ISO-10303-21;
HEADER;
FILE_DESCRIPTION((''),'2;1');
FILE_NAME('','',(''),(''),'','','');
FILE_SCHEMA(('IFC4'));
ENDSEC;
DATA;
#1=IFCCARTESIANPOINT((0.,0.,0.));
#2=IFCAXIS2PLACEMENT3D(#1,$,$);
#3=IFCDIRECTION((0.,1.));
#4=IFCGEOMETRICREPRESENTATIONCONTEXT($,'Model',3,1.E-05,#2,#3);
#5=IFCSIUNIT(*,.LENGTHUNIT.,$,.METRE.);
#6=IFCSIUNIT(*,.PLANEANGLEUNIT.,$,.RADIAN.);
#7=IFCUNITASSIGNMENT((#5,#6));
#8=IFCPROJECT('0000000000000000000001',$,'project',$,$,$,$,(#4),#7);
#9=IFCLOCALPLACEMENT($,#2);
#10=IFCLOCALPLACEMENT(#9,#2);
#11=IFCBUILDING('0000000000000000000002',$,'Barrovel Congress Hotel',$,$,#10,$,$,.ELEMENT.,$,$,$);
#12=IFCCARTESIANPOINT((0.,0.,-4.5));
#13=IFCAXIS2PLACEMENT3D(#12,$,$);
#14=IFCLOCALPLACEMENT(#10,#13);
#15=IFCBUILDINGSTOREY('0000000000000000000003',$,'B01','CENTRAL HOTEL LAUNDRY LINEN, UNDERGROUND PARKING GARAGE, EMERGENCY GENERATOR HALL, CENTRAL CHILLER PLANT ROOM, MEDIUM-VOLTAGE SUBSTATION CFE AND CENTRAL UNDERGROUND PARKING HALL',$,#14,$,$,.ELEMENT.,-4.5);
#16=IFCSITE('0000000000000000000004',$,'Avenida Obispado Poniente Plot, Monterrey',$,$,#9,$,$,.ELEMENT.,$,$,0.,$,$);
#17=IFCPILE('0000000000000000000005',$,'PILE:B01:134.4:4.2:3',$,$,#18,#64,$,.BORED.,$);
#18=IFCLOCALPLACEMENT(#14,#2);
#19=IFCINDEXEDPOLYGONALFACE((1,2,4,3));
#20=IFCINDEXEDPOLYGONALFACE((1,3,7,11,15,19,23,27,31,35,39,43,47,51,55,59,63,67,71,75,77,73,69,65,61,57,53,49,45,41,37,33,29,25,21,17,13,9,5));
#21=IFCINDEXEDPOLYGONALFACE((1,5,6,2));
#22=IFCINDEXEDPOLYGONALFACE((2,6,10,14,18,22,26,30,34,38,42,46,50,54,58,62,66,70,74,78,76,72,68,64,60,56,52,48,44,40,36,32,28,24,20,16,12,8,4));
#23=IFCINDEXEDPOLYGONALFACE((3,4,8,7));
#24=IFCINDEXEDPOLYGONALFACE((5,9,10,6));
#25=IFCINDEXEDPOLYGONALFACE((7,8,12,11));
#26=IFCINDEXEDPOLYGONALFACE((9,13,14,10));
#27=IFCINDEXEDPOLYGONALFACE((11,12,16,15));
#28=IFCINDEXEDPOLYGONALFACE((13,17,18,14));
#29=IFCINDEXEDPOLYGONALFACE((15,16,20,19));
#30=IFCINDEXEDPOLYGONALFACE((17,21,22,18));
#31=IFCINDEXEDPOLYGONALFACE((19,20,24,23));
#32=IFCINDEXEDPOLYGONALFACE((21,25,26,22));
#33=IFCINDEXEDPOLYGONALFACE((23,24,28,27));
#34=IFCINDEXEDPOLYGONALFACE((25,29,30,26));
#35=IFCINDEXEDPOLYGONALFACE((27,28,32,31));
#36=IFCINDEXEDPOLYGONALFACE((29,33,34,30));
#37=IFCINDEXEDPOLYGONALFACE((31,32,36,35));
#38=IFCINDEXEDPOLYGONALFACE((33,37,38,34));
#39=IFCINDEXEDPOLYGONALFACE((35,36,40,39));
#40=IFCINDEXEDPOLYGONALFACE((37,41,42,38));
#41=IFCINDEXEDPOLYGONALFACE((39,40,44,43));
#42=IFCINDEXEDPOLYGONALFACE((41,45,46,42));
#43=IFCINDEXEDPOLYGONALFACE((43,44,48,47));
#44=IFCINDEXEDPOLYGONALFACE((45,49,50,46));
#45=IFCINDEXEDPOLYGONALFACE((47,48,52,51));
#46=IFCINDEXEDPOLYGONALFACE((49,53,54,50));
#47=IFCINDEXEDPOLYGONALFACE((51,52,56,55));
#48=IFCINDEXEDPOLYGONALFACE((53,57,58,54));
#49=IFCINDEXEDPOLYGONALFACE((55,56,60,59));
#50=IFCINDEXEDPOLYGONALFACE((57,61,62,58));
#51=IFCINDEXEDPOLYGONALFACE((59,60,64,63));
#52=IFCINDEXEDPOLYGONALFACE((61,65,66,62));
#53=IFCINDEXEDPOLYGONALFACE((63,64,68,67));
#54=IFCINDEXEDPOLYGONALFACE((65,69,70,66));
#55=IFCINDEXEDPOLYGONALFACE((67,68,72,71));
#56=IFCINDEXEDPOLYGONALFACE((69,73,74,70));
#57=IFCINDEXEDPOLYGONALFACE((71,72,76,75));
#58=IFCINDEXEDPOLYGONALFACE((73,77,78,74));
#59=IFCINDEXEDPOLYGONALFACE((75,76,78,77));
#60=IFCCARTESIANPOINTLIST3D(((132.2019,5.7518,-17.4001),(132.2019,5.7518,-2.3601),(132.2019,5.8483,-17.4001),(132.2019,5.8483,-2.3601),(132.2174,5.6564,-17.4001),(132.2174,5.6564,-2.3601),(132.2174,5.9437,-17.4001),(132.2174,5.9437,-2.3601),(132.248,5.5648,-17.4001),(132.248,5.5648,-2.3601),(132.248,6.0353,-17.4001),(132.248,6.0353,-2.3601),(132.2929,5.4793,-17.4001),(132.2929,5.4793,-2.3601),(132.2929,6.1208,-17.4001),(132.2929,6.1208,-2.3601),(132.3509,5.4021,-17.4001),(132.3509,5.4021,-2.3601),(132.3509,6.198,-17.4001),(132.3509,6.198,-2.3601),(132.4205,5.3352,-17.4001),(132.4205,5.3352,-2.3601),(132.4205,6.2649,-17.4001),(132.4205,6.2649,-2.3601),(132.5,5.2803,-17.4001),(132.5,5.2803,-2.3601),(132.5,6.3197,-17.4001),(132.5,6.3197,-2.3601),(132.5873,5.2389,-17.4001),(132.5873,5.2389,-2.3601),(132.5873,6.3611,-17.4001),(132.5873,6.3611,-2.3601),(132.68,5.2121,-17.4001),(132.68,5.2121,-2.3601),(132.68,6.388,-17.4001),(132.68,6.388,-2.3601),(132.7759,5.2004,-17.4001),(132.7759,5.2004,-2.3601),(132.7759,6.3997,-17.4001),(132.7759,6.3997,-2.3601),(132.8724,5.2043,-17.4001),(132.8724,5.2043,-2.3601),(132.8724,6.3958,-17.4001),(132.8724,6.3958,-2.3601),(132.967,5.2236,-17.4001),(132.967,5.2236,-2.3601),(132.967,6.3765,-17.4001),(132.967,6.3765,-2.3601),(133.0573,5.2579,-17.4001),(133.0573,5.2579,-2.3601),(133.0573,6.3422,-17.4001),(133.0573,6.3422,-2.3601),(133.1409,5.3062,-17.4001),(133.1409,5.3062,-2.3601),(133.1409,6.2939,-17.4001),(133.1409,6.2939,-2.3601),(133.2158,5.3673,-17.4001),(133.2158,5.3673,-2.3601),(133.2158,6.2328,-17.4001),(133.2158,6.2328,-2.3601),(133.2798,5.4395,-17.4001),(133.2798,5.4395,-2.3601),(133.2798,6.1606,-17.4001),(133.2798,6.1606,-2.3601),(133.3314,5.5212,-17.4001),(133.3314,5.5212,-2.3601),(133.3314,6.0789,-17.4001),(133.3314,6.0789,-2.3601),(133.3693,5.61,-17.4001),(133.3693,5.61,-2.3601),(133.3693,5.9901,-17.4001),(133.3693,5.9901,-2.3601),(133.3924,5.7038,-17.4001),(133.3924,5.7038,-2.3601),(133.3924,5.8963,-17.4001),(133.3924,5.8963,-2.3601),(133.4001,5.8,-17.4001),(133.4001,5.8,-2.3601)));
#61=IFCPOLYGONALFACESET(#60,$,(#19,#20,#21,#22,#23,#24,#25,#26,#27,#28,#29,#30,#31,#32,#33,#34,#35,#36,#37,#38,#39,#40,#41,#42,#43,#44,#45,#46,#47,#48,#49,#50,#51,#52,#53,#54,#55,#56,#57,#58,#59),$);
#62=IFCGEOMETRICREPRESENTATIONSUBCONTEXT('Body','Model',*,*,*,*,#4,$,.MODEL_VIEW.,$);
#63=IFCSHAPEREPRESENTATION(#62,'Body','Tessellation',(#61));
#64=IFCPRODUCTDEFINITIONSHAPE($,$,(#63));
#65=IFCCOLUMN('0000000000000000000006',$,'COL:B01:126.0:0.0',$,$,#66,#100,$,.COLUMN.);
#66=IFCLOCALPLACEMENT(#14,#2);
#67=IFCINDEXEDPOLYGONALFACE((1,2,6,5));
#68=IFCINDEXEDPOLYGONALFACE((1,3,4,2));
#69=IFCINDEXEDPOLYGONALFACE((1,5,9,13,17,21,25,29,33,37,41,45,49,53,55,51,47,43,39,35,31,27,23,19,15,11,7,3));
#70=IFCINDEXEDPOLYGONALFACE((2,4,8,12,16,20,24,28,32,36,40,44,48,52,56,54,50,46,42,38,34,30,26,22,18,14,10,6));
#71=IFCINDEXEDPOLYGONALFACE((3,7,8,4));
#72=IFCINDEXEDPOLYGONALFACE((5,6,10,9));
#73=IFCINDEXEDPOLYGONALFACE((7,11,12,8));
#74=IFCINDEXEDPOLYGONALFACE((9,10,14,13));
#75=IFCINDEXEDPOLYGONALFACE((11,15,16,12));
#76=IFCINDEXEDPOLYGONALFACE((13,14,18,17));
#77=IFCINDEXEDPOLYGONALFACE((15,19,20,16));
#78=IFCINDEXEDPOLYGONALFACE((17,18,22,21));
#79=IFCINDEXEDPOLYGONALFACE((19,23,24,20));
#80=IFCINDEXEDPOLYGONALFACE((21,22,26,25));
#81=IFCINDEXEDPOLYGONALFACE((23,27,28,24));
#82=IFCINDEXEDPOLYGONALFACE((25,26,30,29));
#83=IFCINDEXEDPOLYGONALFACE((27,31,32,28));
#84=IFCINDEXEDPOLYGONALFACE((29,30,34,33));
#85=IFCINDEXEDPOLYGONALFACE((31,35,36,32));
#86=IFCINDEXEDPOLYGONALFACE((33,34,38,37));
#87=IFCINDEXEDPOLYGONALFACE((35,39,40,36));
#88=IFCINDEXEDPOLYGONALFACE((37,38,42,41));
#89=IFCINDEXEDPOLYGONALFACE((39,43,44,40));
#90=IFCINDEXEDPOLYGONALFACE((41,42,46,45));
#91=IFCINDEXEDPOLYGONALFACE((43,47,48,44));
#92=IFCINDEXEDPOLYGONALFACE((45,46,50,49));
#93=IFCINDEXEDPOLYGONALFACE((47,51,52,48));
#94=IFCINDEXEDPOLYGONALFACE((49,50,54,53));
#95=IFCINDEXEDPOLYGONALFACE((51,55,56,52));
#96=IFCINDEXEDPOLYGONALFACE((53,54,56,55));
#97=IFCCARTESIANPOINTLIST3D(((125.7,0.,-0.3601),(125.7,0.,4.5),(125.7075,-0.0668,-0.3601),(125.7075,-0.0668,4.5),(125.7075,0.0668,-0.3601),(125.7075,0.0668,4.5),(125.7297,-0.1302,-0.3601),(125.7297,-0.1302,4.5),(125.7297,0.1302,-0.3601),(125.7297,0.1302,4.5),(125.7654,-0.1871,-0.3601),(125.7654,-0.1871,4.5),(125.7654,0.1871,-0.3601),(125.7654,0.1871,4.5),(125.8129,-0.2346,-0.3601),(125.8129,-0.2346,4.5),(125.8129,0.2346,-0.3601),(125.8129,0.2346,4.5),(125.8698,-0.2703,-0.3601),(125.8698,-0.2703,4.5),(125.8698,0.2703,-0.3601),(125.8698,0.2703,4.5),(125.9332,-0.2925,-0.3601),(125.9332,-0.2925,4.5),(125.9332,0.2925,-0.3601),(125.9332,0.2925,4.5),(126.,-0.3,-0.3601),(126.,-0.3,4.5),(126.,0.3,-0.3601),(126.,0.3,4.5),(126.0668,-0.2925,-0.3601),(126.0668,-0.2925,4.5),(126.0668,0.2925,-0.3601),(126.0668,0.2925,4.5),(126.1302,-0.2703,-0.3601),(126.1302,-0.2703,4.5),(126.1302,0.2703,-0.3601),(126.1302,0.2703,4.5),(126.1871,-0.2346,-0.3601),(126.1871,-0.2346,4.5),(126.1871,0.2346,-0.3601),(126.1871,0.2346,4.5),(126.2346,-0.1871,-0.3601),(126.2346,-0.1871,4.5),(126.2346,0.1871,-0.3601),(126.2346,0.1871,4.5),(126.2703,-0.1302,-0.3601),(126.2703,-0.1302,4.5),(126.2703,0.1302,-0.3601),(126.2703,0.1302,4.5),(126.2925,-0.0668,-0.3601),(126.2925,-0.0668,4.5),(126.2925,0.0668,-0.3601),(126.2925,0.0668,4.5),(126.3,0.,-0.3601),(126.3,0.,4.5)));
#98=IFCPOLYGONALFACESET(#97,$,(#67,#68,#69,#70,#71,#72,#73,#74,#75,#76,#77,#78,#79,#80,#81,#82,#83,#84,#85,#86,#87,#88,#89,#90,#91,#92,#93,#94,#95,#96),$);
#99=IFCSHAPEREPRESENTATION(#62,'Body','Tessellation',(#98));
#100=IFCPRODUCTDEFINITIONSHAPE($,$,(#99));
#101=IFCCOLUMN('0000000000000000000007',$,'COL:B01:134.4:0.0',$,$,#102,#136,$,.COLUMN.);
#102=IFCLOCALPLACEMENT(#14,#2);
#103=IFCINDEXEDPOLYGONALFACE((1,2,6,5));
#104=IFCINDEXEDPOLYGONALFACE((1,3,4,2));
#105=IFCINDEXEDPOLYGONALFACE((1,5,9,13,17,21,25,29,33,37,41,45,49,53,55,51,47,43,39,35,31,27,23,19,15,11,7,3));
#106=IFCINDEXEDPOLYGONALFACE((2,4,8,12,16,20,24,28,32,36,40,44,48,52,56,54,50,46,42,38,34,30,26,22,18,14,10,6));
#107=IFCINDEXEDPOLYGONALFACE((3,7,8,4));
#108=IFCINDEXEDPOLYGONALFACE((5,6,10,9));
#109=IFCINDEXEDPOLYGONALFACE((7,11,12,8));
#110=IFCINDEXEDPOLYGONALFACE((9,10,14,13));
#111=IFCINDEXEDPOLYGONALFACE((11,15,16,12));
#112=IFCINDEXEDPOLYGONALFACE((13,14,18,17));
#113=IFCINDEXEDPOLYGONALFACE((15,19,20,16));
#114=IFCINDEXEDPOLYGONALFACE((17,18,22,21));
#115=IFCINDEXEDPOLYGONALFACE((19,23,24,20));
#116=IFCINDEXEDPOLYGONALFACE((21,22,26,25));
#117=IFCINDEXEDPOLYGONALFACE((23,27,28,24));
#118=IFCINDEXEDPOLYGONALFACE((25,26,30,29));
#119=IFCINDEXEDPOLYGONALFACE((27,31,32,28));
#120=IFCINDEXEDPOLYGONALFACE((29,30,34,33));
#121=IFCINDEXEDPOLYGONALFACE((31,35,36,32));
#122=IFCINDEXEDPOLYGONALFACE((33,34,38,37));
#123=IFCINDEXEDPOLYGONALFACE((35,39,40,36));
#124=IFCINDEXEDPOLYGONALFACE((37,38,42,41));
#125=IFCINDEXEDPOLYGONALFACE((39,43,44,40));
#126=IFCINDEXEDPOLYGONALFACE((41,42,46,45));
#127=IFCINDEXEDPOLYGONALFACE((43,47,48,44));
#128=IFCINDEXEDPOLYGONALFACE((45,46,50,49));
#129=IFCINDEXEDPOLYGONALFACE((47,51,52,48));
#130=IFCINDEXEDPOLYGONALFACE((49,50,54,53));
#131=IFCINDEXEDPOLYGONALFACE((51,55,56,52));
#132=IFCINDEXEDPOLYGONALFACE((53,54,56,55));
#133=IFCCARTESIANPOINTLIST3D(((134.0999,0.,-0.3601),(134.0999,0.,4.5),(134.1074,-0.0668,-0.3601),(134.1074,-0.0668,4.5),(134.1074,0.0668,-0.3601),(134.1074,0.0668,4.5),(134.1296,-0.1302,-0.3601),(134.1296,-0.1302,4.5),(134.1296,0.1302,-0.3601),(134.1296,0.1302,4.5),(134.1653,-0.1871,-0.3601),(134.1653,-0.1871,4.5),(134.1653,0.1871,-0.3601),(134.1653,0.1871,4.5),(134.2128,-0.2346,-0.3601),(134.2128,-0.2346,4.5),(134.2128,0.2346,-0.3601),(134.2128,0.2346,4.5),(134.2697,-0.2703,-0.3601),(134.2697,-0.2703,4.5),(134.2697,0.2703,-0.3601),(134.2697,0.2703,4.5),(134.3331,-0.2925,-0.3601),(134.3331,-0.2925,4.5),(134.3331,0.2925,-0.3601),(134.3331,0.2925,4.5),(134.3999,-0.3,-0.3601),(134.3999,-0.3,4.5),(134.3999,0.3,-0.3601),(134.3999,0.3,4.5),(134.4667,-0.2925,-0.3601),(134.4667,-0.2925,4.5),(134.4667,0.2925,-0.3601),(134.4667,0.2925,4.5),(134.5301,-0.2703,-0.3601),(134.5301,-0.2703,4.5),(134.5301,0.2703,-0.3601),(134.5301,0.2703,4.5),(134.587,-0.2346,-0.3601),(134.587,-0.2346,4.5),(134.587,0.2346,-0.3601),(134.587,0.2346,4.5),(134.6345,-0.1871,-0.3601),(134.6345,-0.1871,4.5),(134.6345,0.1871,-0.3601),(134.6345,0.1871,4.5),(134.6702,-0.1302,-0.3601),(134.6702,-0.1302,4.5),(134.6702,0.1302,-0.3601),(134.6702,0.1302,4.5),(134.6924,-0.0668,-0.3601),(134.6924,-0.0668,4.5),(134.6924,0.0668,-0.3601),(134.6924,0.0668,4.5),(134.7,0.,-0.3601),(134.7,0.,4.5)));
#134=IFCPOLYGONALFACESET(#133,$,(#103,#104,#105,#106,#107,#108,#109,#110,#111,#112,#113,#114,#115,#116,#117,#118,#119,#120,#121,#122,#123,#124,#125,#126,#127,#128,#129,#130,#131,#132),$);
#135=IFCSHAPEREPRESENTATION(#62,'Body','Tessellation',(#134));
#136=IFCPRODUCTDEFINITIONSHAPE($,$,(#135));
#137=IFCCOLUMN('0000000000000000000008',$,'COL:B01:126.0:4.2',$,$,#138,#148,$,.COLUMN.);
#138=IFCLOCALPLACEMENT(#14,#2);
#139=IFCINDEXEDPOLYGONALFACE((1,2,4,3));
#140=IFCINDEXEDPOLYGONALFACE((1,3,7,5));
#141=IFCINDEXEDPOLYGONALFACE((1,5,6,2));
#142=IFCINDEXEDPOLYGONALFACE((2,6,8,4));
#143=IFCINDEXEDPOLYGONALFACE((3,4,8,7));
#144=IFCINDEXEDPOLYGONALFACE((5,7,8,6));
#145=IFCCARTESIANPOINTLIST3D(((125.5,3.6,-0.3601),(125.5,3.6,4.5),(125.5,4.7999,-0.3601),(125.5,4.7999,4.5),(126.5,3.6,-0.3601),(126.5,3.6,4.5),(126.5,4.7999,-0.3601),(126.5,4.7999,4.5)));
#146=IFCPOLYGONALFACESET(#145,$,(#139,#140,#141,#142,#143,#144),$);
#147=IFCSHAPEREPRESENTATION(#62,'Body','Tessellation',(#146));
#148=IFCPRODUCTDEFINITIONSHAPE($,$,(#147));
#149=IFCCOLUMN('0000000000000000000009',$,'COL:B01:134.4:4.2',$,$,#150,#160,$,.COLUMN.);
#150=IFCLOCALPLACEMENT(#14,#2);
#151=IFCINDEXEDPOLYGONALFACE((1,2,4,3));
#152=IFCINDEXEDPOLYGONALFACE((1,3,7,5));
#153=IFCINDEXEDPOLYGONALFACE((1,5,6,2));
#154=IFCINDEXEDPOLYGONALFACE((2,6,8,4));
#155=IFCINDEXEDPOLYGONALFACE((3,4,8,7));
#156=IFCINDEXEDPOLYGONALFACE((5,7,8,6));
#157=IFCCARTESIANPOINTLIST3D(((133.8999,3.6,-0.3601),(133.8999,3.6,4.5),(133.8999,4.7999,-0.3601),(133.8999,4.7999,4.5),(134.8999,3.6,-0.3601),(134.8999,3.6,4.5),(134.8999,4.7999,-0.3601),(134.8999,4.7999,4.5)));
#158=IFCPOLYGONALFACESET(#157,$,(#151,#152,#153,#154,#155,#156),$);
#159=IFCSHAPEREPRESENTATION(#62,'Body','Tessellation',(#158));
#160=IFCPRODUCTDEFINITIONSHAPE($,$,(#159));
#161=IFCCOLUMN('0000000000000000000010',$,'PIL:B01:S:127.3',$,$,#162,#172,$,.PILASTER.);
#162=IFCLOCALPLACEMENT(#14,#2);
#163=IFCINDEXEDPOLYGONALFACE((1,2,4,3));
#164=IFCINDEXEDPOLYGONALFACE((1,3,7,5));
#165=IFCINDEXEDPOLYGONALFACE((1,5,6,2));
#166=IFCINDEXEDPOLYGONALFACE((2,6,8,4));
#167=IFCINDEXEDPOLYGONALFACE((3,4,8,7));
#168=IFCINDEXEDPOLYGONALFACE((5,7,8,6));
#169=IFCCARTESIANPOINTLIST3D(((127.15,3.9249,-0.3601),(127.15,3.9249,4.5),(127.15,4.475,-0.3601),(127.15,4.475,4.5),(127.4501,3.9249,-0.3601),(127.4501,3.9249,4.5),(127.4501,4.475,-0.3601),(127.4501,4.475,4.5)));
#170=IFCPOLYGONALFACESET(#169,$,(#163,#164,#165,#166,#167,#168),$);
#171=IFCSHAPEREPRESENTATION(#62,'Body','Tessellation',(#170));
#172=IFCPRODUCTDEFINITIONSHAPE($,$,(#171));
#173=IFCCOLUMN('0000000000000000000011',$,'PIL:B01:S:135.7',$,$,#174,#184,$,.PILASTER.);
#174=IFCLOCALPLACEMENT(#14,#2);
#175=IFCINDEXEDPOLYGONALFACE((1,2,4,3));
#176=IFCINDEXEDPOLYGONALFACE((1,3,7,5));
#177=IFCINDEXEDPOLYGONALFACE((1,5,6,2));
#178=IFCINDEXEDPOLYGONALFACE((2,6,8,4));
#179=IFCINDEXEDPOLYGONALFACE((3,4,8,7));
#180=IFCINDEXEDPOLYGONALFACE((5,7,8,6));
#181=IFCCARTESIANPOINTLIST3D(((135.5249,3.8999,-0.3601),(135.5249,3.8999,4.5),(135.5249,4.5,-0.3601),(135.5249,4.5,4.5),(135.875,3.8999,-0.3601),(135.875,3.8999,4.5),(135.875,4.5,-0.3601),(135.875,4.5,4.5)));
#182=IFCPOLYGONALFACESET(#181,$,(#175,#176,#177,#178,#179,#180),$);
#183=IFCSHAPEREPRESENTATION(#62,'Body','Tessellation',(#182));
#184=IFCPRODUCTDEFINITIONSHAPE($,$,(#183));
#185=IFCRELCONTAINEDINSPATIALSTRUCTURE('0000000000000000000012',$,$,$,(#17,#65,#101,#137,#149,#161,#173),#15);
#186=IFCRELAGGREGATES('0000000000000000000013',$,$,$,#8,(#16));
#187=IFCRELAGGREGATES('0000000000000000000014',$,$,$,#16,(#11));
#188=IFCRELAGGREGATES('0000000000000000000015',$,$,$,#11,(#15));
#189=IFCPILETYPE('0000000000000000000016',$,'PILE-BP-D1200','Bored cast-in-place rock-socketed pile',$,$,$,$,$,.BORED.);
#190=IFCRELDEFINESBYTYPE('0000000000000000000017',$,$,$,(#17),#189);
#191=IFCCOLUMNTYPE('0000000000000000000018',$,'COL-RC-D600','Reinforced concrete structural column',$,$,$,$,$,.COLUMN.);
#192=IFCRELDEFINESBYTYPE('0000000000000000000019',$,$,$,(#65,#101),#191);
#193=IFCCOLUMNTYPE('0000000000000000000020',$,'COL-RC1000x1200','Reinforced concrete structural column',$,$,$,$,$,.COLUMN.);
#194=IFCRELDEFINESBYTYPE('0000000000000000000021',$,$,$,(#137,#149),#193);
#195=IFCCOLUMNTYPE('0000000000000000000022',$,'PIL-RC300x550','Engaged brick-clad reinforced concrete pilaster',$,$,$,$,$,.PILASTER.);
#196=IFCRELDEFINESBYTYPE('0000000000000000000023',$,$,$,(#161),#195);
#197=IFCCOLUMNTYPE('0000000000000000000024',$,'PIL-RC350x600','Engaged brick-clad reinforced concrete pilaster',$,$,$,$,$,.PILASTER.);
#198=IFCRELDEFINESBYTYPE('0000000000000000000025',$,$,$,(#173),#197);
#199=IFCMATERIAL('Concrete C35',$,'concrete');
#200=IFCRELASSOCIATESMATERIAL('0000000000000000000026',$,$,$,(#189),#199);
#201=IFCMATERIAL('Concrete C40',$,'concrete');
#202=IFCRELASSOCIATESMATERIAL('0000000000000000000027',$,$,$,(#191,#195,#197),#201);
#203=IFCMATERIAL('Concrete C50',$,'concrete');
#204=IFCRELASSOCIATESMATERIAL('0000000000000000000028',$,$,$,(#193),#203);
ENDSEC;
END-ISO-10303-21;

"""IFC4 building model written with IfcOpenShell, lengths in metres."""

from ifc_helpers import new_model, si_unit, direction, frame, origin, origin_2d, place, context, subcontext, project, spatial, rectangle, circle, extrude, material, material_profile, profile_set, type_object, element, save


model = new_model("IFC4")

# Units and contexts
model_context = context("Model", 3, precision=1e-05, world=origin(), true_north=direction((0.0, 1.0)))
body_context = subcontext(model_context, "Body", "Model", "MODEL_VIEW")
ifc_project = project(units=[si_unit("LENGTHUNIT", "METRE"), si_unit("PLANEANGLEUNIT", "RADIAN")], contexts=[model_context])

# Site, building, storey
site_placement = place(None, origin())
site = spatial("IfcSite", under=ifc_project, at=site_placement, Name="Avenida Obispado Poniente Plot, Monterrey", CompositionType="ELEMENT", RefElevation=0.0)
building_placement = place(site_placement, origin())
building = spatial("IfcBuilding", under=site, at=building_placement, Name="Barrovel Congress Hotel", CompositionType="ELEMENT")
storey_placement = place(building_placement, frame((0.0, 0.0, -4.5)))
storey = spatial("IfcBuildingStorey", under=building, at=storey_placement, Name="B01", Description="CENTRAL HOTEL LAUNDRY LINEN, UNDERGROUND PARKING GARAGE, EMERGENCY GENERATOR HALL, CENTRAL CHILLER PLANT ROOM, MEDIUM-VOLTAGE SUBSTATION CFE AND CENTRAL UNDERGROUND PARKING HALL", CompositionType="ELEMENT", Elevation=-4.5)

# Shared definitions
ifc_material_1 = material(Name="Concrete C40", Category="concrete")

# Pile
ifc_material_2 = material(Name="Concrete C35", Category="concrete")
ifc_material_profile_1 = material_profile(ifc_material_2, circle(Radius=0.6001, at=origin_2d()), Name="BP-D1200")
ifc_profile_set_1 = profile_set([ifc_material_profile_1], Name="Concrete C35")
pile_type_1 = type_object("IfcPileType", Name="PILE-BP-D1200", Description="Bored cast-in-place rock-socketed pile", PredefinedType="BORED", material=ifc_profile_set_1)
for number, where, z_axis, x_axis, name in (
    (1, (132.8, 5.8, -2.3601), (0.0, 0.0, -1.0), (1.0, 0.0, 0.0), "PILE:B01:134.4:4.2:3"),
):
    element("IfcPile", number, at=place(storey_placement, frame(where, z_axis=z_axis, x_axis=x_axis)), inside=storey, type_object=pile_type_1, Name=name, PredefinedType="BORED", context=body_context, shape_type="SweptSolid", body=[
        extrude(circle(Radius=0.6001, at=origin_2d()), origin(), (0.0, 0.0, 1.0), 15.04),
    ])

# Columns
ifc_material_profile_2 = material_profile(ifc_material_1, circle(Radius=0.3, at=origin_2d()), Name="RC-D600")
ifc_profile_set_2 = profile_set([ifc_material_profile_2], Name="Concrete C40")
column_type_1 = type_object("IfcColumnType", Name="COL-RC-D600", Description="Reinforced concrete structural column", PredefinedType="COLUMN", material=ifc_profile_set_2)
for number, where, z_axis, x_axis, name in (
    (2, (126.0, 0.0, -0.3601), (0.0, 0.0, 1.0), (1.0, 0.0, 0.0), "COL:B01:126.0:0.0"),
    (3, (134.3999, 0.0, -0.3601), (0.0, 0.0, 1.0), (1.0, 0.0, 0.0), "COL:B01:134.4:0.0"),
):
    element("IfcColumn", number, at=place(storey_placement, frame(where, z_axis=z_axis, x_axis=x_axis)), inside=storey, type_object=column_type_1, Name=name, PredefinedType="COLUMN", context=body_context, shape_type="SweptSolid", body=[
        extrude(circle(Radius=0.3, at=origin_2d()), origin(), (0.0, 0.0, 1.0), 4.8601),
    ])
ifc_material_3 = material(Name="Concrete C50", Category="concrete")
ifc_material_profile_3 = material_profile(ifc_material_3, rectangle(XDim=1.0, YDim=1.2, at=origin_2d()), Name="RC1000x1200")
ifc_profile_set_3 = profile_set([ifc_material_profile_3], Name="Concrete C50")
column_type_2 = type_object("IfcColumnType", Name="COL-RC1000x1200", Description="Reinforced concrete structural column", PredefinedType="COLUMN", material=ifc_profile_set_3)
for number, where, z_axis, x_axis, name in (
    (4, (126.0, 4.2, -0.3601), (0.0, 0.0, 1.0), (1.0, 0.0, 0.0), "COL:B01:126.0:4.2"),
    (5, (134.3999, 4.2, -0.3601), (0.0, 0.0, 1.0), (1.0, 0.0, 0.0), "COL:B01:134.4:4.2"),
):
    element("IfcColumn", number, at=place(storey_placement, frame(where, z_axis=z_axis, x_axis=x_axis)), inside=storey, type_object=column_type_2, Name=name, PredefinedType="COLUMN", context=body_context, shape_type="SweptSolid", body=[
        extrude(rectangle(XDim=1.0, YDim=1.2, at=origin_2d()), origin(), (0.0, 0.0, 1.0), 4.8601),
    ])
ifc_material_profile_4 = material_profile(ifc_material_1, rectangle(XDim=0.3, YDim=0.55, at=origin_2d()), Name="RC300x550")
ifc_profile_set_4 = profile_set([ifc_material_profile_4], Name="Concrete C40")
column_type_3 = type_object("IfcColumnType", Name="PIL-RC300x550", Description="Engaged brick-clad reinforced concrete pilaster", PredefinedType="PILASTER", material=ifc_profile_set_4)
column_1_placement = place(storey_placement, frame((127.3, 4.2, -0.3601), z_axis=(0.0, 0.0, 1.0), x_axis=(1.0, 0.0, 0.0)))
element("IfcColumn", 6, at=column_1_placement, inside=storey, type_object=column_type_3, Name="PIL:B01:S:127.3", PredefinedType="PILASTER", context=body_context, shape_type="SweptSolid", body=[
    extrude(rectangle(XDim=0.3, YDim=0.55, at=origin_2d()), origin(), (0.0, 0.0, 1.0), 4.8601),
])
ifc_material_profile_5 = material_profile(ifc_material_1, rectangle(XDim=0.3501, YDim=0.6001, at=origin_2d()), Name="RC350x600")
ifc_profile_set_5 = profile_set([ifc_material_profile_5], Name="Concrete C40")
column_type_4 = type_object("IfcColumnType", Name="PIL-RC350x600", Description="Engaged brick-clad reinforced concrete pilaster", PredefinedType="PILASTER", material=ifc_profile_set_5)
column_2_placement = place(storey_placement, frame((135.7, 4.2, -0.3601), z_axis=(0.0, 0.0, 1.0), x_axis=(1.0, 0.0, 0.0)))
element("IfcColumn", 7, at=column_2_placement, inside=storey, type_object=column_type_4, Name="PIL:B01:S:135.7", PredefinedType="PILASTER", context=body_context, shape_type="SweptSolid", body=[
    extrude(rectangle(XDim=0.3501, YDim=0.6001, at=origin_2d()), origin(), (0.0, 0.0, 1.0), 4.8601),
])

save(model, "model.ifc")
